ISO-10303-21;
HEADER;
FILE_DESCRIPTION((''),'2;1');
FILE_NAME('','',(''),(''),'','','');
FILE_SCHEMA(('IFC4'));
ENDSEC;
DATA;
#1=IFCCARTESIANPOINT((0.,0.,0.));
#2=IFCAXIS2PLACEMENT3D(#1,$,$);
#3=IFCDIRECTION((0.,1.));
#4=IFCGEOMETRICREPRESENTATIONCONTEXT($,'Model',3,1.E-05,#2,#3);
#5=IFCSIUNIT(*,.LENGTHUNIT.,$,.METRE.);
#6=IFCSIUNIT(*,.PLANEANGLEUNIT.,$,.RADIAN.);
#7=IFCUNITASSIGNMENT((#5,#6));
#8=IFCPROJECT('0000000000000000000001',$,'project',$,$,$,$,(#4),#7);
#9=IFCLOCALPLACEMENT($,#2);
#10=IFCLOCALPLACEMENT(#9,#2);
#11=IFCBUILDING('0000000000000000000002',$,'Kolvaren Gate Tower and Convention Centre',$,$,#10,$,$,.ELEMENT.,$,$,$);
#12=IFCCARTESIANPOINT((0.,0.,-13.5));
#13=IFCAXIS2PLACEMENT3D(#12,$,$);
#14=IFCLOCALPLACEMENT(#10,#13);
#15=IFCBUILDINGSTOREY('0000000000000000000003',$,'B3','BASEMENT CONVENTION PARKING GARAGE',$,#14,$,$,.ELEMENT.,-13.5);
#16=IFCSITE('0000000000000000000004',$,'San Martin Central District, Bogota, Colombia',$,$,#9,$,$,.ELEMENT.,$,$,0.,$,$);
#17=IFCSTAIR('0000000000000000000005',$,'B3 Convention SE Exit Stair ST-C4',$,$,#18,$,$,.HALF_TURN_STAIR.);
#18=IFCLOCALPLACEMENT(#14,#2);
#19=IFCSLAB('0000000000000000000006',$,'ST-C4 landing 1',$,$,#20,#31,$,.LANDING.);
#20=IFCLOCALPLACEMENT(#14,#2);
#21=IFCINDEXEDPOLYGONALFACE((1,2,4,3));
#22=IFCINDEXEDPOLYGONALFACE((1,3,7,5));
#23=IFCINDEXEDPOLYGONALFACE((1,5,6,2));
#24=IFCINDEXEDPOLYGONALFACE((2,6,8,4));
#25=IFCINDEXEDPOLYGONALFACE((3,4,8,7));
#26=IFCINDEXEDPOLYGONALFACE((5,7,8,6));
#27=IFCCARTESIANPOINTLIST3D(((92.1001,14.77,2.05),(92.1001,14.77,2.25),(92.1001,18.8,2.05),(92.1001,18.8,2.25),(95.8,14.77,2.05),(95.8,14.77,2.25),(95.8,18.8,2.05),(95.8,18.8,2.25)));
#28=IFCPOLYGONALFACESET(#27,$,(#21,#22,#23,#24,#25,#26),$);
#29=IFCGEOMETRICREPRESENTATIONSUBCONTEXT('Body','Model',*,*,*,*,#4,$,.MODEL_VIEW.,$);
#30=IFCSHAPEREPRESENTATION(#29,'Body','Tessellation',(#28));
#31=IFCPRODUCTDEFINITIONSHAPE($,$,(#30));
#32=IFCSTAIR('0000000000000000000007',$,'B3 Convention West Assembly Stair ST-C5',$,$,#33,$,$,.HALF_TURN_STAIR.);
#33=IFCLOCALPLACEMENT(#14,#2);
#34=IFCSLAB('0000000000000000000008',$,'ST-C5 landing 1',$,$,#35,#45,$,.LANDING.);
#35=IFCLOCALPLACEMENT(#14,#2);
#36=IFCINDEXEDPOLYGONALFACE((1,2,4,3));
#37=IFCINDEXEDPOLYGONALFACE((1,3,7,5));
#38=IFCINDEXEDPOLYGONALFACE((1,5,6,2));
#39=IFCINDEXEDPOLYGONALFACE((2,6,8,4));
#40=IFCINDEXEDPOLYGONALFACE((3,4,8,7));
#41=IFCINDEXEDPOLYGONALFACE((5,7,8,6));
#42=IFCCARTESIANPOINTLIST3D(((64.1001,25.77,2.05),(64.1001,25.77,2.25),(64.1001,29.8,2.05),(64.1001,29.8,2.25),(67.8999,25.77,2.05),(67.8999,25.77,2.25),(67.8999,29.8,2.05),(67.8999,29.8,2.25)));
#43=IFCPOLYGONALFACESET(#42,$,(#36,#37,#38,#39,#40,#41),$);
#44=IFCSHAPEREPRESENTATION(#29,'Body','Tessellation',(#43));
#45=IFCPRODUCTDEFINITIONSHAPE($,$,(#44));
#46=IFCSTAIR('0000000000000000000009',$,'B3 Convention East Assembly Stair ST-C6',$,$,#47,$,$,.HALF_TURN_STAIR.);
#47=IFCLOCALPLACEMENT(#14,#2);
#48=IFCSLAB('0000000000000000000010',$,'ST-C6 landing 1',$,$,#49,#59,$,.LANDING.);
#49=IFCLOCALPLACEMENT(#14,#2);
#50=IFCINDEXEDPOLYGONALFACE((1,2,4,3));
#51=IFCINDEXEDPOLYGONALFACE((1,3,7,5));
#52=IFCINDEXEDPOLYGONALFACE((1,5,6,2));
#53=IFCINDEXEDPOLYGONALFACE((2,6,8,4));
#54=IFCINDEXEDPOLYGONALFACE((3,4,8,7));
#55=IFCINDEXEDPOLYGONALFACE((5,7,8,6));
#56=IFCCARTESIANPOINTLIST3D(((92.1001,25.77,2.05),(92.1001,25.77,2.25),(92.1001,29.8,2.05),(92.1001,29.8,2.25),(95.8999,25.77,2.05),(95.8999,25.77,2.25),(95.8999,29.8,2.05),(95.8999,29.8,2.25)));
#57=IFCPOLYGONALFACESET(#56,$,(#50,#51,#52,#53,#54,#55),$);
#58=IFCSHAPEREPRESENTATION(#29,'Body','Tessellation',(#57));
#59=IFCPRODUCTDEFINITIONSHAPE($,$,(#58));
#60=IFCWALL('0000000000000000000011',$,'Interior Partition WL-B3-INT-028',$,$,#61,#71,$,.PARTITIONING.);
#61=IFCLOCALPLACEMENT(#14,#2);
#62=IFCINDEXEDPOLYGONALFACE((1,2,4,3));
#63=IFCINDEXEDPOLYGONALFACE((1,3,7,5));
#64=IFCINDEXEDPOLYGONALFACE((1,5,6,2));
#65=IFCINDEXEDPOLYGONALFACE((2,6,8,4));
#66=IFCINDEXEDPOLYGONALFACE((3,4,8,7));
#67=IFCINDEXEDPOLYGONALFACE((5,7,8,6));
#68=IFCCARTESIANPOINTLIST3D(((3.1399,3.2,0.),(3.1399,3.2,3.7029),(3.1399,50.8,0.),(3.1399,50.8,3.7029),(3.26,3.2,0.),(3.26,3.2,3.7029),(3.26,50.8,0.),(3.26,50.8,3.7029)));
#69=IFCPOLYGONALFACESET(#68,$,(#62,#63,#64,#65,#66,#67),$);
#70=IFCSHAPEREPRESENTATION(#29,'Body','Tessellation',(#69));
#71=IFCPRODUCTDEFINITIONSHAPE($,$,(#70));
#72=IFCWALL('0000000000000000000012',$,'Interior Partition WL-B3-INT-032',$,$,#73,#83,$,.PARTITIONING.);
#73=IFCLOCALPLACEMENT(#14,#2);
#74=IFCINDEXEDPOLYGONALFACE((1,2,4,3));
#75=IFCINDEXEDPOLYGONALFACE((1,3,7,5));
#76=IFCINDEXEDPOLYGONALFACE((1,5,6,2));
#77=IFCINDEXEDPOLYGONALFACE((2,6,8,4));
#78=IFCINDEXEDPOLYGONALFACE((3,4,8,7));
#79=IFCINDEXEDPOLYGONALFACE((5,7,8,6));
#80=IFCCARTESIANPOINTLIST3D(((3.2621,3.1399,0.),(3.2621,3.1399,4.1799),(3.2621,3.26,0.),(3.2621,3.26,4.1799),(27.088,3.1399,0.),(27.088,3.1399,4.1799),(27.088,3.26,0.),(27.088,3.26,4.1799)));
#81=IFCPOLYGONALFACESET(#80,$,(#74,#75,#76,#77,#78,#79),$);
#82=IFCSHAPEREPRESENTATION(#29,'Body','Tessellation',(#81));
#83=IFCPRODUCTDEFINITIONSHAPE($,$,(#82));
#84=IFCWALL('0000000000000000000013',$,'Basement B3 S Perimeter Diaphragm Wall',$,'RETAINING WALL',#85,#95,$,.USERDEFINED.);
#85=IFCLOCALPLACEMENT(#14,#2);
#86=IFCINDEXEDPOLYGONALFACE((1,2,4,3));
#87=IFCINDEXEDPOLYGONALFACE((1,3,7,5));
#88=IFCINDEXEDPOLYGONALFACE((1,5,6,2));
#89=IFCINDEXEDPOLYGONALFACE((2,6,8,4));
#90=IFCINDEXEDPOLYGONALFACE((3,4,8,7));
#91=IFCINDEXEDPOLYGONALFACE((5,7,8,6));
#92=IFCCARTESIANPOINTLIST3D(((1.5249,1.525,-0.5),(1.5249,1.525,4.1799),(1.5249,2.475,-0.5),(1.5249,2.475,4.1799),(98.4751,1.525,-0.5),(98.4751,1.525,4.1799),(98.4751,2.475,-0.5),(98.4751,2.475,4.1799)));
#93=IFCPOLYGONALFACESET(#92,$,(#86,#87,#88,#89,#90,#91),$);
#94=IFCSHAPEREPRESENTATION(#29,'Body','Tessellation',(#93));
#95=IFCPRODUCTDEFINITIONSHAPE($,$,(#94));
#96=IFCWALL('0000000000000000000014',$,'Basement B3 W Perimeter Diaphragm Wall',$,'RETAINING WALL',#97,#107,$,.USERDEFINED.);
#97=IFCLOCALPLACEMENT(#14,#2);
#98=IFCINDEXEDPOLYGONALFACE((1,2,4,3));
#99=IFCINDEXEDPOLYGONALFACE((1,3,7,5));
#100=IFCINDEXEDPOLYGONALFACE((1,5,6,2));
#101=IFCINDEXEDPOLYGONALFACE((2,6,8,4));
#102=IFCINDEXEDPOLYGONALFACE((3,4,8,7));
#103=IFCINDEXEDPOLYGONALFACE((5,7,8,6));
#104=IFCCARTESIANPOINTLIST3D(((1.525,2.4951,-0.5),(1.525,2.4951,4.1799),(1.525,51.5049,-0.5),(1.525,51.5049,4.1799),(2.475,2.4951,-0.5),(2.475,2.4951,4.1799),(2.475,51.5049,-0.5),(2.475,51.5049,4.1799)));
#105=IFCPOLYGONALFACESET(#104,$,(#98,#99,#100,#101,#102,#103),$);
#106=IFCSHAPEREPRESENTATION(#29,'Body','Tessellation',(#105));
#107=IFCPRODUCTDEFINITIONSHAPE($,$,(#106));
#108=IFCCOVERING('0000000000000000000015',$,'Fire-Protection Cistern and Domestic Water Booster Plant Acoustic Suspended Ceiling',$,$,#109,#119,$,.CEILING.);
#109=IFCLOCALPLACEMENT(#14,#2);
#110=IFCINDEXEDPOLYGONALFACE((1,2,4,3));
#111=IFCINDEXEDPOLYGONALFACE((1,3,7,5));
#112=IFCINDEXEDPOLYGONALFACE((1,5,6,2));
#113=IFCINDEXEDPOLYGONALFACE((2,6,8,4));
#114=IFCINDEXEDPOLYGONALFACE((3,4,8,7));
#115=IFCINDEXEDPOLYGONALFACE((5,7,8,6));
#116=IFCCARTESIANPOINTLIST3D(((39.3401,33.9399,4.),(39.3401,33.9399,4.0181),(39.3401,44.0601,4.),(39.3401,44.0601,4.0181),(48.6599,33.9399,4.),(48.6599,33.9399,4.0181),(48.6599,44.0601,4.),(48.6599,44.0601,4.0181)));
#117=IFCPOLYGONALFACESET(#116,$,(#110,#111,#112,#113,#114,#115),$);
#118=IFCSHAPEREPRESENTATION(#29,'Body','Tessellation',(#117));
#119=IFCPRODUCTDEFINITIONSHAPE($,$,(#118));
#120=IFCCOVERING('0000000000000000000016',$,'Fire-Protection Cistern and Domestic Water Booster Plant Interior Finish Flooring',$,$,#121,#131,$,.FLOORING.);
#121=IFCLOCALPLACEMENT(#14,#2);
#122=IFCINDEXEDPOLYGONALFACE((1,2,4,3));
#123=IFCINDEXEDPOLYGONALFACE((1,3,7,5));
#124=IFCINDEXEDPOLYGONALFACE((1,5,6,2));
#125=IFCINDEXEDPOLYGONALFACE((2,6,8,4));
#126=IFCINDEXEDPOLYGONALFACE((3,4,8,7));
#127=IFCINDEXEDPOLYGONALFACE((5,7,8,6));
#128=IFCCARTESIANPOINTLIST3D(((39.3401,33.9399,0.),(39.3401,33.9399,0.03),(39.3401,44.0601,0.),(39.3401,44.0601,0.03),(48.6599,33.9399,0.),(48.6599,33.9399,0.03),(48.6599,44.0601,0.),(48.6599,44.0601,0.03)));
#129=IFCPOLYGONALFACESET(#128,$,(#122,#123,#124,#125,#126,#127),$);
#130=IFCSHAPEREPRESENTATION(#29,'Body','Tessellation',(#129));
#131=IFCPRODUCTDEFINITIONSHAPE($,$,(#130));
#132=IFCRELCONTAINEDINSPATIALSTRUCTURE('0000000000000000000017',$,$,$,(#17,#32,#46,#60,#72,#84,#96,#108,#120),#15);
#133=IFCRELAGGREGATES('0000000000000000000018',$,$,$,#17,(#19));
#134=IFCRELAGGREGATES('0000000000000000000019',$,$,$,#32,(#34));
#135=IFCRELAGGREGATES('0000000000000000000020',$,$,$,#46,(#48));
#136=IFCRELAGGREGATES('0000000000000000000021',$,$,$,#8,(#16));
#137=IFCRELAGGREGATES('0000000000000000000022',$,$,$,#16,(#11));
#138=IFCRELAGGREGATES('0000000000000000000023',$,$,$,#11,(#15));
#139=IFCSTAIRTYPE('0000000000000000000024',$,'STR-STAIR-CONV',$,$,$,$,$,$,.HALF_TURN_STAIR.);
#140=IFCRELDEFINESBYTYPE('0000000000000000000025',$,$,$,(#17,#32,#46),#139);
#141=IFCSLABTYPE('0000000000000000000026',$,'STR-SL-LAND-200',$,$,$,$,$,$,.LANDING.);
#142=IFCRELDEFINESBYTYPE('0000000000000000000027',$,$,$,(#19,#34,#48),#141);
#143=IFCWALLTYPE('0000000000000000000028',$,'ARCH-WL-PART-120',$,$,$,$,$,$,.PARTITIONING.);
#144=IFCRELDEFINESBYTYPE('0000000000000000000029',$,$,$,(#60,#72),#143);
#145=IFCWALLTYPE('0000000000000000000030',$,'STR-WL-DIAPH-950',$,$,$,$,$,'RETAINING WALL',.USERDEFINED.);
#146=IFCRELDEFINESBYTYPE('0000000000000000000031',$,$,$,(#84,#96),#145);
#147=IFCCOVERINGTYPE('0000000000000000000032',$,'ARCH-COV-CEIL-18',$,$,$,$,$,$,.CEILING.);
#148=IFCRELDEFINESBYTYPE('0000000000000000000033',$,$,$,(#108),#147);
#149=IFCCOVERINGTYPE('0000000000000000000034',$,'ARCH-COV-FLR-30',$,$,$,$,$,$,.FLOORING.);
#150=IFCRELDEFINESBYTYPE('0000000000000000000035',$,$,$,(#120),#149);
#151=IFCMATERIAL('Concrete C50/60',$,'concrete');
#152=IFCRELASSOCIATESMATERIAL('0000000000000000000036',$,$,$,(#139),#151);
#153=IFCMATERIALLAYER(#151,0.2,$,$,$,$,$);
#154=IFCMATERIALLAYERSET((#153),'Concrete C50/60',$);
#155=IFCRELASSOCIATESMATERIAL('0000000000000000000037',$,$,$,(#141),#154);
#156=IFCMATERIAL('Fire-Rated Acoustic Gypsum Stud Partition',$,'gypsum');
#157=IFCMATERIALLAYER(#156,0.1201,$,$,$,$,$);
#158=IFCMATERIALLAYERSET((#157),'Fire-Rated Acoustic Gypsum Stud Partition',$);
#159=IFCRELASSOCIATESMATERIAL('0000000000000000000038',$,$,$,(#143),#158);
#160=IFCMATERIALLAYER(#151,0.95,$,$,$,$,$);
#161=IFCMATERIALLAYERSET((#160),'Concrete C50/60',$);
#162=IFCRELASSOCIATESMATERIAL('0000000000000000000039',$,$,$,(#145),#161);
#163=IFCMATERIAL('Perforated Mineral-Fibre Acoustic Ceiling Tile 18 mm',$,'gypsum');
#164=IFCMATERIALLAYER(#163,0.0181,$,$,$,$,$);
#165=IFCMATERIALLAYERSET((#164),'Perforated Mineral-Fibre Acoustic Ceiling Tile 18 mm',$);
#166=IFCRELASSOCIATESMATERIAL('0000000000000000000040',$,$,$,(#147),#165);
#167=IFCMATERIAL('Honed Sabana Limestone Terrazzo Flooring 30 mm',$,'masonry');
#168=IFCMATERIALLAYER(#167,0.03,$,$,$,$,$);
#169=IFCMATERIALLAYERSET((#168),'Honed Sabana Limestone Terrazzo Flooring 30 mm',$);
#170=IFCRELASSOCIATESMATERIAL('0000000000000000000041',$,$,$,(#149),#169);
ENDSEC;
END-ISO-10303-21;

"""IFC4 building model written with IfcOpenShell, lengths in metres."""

from ifc_helpers import new_model, si_unit, direction, frame, frame_2d, origin, place, context, subcontext, project, spatial, polyline, rectangle, outline, extrude, material, layer, layer_set, type_object, element, aggregate, save


model = new_model("IFC4")

# Units and contexts
model_context = context("Model", 3, precision=1e-05, world=origin(), true_north=direction((0.0, 1.0)))
body_context = subcontext(model_context, "Body", "Model", "MODEL_VIEW")
ifc_project = project(units=[si_unit("LENGTHUNIT", "METRE"), si_unit("PLANEANGLEUNIT", "RADIAN")], contexts=[model_context])

# Site, building, storey
site_placement = place(None, origin())
site = spatial("IfcSite", under=ifc_project, at=site_placement, Name="San Martin Central District, Bogota, Colombia", CompositionType="ELEMENT", RefElevation=0.0)
building_placement = place(site_placement, origin())
building = spatial("IfcBuilding", under=site, at=building_placement, Name="Kolvaren Gate Tower and Convention Centre", CompositionType="ELEMENT")
storey_placement = place(building_placement, frame((0.0, 0.0, -13.5)))
storey = spatial("IfcBuildingStorey", under=building, at=storey_placement, Name="B3", Description="BASEMENT CONVENTION PARKING GARAGE", CompositionType="ELEMENT", Elevation=-13.5)

# Shared definitions
ifc_material_1 = material(Name="Concrete C50/60", Category="concrete")

# Stairs, slabs
stair_type = type_object("IfcStairType", Name="STR-STAIR-CONV", PredefinedType="HALF_TURN_STAIR", material=ifc_material_1)
stair_1_placement = place(storey_placement, origin())
stair_1 = element("IfcStair", 1, at=stair_1_placement, inside=storey, type_object=stair_type, Name="B3 Convention SE Exit Stair ST-C4", PredefinedType="HALF_TURN_STAIR")
ifc_layer_1 = layer(ifc_material_1, 0.2)
ifc_layer_set_1 = layer_set([ifc_layer_1], Name="Concrete C50/60")
slab_type = type_object("IfcSlabType", Name="STR-SL-LAND-200", PredefinedType="LANDING", material=ifc_layer_set_1)
slab_1_placement = place(storey_placement, frame((0.0, 0.0, 2.05)))
slab_1 = element("IfcSlab", 2, at=slab_1_placement, type_object=slab_type, Name="ST-C4 landing 1", PredefinedType="LANDING", context=body_context, shape_type="SweptSolid", body=[
    extrude(outline(polyline([(95.8, 14.77), (95.8, 18.8), (92.1001, 18.8), (92.1001, 14.77), (95.8, 14.77)])), origin(), (0.0, 0.0, 1.0), 0.2),
])
aggregate(stair_1, [slab_1])
stair_2_placement = place(storey_placement, origin())
stair_2 = element("IfcStair", 3, at=stair_2_placement, inside=storey, type_object=stair_type, Name="B3 Convention West Assembly Stair ST-C5", PredefinedType="HALF_TURN_STAIR")
slab_2_placement = place(storey_placement, frame((0.0, 0.0, 2.05)))
slab_2 = element("IfcSlab", 4, at=slab_2_placement, type_object=slab_type, Name="ST-C5 landing 1", PredefinedType="LANDING", context=body_context, shape_type="SweptSolid", body=[
    extrude(outline(polyline([(67.8999, 25.77), (67.8999, 29.8), (64.1001, 29.8), (64.1001, 25.77), (67.8999, 25.77)])), origin(), (0.0, 0.0, 1.0), 0.2),
])
aggregate(stair_2, [slab_2])
stair_3_placement = place(storey_placement, origin())
stair_3 = element("IfcStair", 5, at=stair_3_placement, inside=storey, type_object=stair_type, Name="B3 Convention East Assembly Stair ST-C6", PredefinedType="HALF_TURN_STAIR")
slab_3_placement = place(storey_placement, frame((0.0, 0.0, 2.05)))
slab_3 = element("IfcSlab", 6, at=slab_3_placement, type_object=slab_type, Name="ST-C6 landing 1", PredefinedType="LANDING", context=body_context, shape_type="SweptSolid", body=[
    extrude(outline(polyline([(95.8999, 25.77), (95.8999, 29.8), (92.1001, 29.8), (92.1001, 25.77), (95.8999, 25.77)])), origin(), (0.0, 0.0, 1.0), 0.2),
])
aggregate(stair_3, [slab_3])

# Walls
ifc_material_2 = material(Name="Fire-Rated Acoustic Gypsum Stud Partition", Category="gypsum")
ifc_layer_2 = layer(ifc_material_2, 0.1201)
ifc_layer_set_2 = layer_set([ifc_layer_2], Name="Fire-Rated Acoustic Gypsum Stud Partition")
wall_type_1 = type_object("IfcWallType", Name="ARCH-WL-PART-120", PredefinedType="PARTITIONING", material=ifc_layer_set_2)
wall_1_placement = place(storey_placement, frame((3.2, 3.2, 0.0), z_axis=(0.0, 0.0, 1.0), x_axis=(0.0, 1.0, 0.0)))
element("IfcWall", 7, at=wall_1_placement, inside=storey, type_object=wall_type_1, Name="Interior Partition WL-B3-INT-028", PredefinedType="PARTITIONING", context=body_context, shape_type="SweptSolid", body=[
    extrude(rectangle(XDim=47.6001, YDim=0.1201, at=frame_2d((23.8, 0.0))), origin(), (0.0, 0.0, 1.0), 3.7029),
])
wall_2_placement = place(storey_placement, frame((3.262, 3.2, 0.0), z_axis=(0.0, 0.0, 1.0), x_axis=(1.0, 0.0, 0.0)))
element("IfcWall", 8, at=wall_2_placement, inside=storey, type_object=wall_type_1, Name="Interior Partition WL-B3-INT-032", PredefinedType="PARTITIONING", context=body_context, shape_type="SweptSolid", body=[
    extrude(rectangle(XDim=23.8259, YDim=0.1201, at=frame_2d((11.9131, 0.0))), origin(), (0.0, 0.0, 1.0), 4.1799),
])
ifc_layer_3 = layer(ifc_material_1, 0.95)
ifc_layer_set_3 = layer_set([ifc_layer_3], Name="Concrete C50/60")
wall_type_2 = type_object("IfcWallType", Name="STR-WL-DIAPH-950", ElementType="RETAINING WALL", PredefinedType="USERDEFINED", material=ifc_layer_set_3)
wall_3_placement = place(storey_placement, frame((1.5249, 2.0, -0.5), z_axis=(0.0, 0.0, 1.0), x_axis=(1.0, 0.0, 0.0)))
element("IfcWall", 9, at=wall_3_placement, inside=storey, type_object=wall_type_2, Name="Basement B3 S Perimeter Diaphragm Wall", ObjectType="RETAINING WALL", PredefinedType="USERDEFINED", context=body_context, shape_type="SweptSolid", body=[
    extrude(rectangle(XDim=96.9502, YDim=0.95, at=frame_2d((48.4751, 0.0))), origin(), (0.0, 0.0, 1.0), 4.6799),
])
wall_4_placement = place(storey_placement, frame((2.0, 2.4951, -0.5), z_axis=(0.0, 0.0, 1.0), x_axis=(0.0, 1.0, 0.0)))
element("IfcWall", 10, at=wall_4_placement, inside=storey, type_object=wall_type_2, Name="Basement B3 W Perimeter Diaphragm Wall", ObjectType="RETAINING WALL", PredefinedType="USERDEFINED", context=body_context, shape_type="SweptSolid", body=[
    extrude(rectangle(XDim=49.0098, YDim=0.95, at=frame_2d((24.5049, 0.0))), origin(), (0.0, 0.0, 1.0), 4.6799),
])

# Coverings
ifc_material_3 = material(Name="Perforated Mineral-Fibre Acoustic Ceiling Tile 18 mm", Category="gypsum")
ifc_layer_4 = layer(ifc_material_3, 0.0181)
ifc_layer_set_4 = layer_set([ifc_layer_4], Name="Perforated Mineral-Fibre Acoustic Ceiling Tile 18 mm")
covering_type_1 = type_object("IfcCoveringType", Name="ARCH-COV-CEIL-18", PredefinedType="CEILING", material=ifc_layer_set_4)
covering_1_placement = place(storey_placement, frame((0.0, 0.0, 4.0)))
element("IfcCovering", 11, at=covering_1_placement, inside=storey, type_object=covering_type_1, Name="Fire-Protection Cistern and Domestic Water Booster Plant Acoustic Suspended Ceiling", PredefinedType="CEILING", context=body_context, shape_type="SweptSolid", body=[
    extrude(outline(polyline([(39.3401, 33.9399), (39.3401, 44.0601), (48.6599, 44.0601), (48.6599, 33.9399), (39.3401, 33.9399)])), origin(), (0.0, 0.0, 1.0), 0.0181),
])
ifc_material_4 = material(Name="Honed Sabana Limestone Terrazzo Flooring 30 mm", Category="masonry")
ifc_layer_5 = layer(ifc_material_4, 0.03)
ifc_layer_set_5 = layer_set([ifc_layer_5], Name="Honed Sabana Limestone Terrazzo Flooring 30 mm")
covering_type_2 = type_object("IfcCoveringType", Name="ARCH-COV-FLR-30", PredefinedType="FLOORING", material=ifc_layer_set_5)
covering_2_placement = place(storey_placement, origin())
element("IfcCovering", 12, at=covering_2_placement, inside=storey, type_object=covering_type_2, Name="Fire-Protection Cistern and Domestic Water Booster Plant Interior Finish Flooring", PredefinedType="FLOORING", context=body_context, shape_type="SweptSolid", body=[
    extrude(outline(polyline([(39.3401, 33.9399), (39.3401, 44.0601), (48.6599, 44.0601), (48.6599, 33.9399), (39.3401, 33.9399)])), origin(), (0.0, 0.0, 1.0), 0.03),
])

save(model, "model.ifc")
